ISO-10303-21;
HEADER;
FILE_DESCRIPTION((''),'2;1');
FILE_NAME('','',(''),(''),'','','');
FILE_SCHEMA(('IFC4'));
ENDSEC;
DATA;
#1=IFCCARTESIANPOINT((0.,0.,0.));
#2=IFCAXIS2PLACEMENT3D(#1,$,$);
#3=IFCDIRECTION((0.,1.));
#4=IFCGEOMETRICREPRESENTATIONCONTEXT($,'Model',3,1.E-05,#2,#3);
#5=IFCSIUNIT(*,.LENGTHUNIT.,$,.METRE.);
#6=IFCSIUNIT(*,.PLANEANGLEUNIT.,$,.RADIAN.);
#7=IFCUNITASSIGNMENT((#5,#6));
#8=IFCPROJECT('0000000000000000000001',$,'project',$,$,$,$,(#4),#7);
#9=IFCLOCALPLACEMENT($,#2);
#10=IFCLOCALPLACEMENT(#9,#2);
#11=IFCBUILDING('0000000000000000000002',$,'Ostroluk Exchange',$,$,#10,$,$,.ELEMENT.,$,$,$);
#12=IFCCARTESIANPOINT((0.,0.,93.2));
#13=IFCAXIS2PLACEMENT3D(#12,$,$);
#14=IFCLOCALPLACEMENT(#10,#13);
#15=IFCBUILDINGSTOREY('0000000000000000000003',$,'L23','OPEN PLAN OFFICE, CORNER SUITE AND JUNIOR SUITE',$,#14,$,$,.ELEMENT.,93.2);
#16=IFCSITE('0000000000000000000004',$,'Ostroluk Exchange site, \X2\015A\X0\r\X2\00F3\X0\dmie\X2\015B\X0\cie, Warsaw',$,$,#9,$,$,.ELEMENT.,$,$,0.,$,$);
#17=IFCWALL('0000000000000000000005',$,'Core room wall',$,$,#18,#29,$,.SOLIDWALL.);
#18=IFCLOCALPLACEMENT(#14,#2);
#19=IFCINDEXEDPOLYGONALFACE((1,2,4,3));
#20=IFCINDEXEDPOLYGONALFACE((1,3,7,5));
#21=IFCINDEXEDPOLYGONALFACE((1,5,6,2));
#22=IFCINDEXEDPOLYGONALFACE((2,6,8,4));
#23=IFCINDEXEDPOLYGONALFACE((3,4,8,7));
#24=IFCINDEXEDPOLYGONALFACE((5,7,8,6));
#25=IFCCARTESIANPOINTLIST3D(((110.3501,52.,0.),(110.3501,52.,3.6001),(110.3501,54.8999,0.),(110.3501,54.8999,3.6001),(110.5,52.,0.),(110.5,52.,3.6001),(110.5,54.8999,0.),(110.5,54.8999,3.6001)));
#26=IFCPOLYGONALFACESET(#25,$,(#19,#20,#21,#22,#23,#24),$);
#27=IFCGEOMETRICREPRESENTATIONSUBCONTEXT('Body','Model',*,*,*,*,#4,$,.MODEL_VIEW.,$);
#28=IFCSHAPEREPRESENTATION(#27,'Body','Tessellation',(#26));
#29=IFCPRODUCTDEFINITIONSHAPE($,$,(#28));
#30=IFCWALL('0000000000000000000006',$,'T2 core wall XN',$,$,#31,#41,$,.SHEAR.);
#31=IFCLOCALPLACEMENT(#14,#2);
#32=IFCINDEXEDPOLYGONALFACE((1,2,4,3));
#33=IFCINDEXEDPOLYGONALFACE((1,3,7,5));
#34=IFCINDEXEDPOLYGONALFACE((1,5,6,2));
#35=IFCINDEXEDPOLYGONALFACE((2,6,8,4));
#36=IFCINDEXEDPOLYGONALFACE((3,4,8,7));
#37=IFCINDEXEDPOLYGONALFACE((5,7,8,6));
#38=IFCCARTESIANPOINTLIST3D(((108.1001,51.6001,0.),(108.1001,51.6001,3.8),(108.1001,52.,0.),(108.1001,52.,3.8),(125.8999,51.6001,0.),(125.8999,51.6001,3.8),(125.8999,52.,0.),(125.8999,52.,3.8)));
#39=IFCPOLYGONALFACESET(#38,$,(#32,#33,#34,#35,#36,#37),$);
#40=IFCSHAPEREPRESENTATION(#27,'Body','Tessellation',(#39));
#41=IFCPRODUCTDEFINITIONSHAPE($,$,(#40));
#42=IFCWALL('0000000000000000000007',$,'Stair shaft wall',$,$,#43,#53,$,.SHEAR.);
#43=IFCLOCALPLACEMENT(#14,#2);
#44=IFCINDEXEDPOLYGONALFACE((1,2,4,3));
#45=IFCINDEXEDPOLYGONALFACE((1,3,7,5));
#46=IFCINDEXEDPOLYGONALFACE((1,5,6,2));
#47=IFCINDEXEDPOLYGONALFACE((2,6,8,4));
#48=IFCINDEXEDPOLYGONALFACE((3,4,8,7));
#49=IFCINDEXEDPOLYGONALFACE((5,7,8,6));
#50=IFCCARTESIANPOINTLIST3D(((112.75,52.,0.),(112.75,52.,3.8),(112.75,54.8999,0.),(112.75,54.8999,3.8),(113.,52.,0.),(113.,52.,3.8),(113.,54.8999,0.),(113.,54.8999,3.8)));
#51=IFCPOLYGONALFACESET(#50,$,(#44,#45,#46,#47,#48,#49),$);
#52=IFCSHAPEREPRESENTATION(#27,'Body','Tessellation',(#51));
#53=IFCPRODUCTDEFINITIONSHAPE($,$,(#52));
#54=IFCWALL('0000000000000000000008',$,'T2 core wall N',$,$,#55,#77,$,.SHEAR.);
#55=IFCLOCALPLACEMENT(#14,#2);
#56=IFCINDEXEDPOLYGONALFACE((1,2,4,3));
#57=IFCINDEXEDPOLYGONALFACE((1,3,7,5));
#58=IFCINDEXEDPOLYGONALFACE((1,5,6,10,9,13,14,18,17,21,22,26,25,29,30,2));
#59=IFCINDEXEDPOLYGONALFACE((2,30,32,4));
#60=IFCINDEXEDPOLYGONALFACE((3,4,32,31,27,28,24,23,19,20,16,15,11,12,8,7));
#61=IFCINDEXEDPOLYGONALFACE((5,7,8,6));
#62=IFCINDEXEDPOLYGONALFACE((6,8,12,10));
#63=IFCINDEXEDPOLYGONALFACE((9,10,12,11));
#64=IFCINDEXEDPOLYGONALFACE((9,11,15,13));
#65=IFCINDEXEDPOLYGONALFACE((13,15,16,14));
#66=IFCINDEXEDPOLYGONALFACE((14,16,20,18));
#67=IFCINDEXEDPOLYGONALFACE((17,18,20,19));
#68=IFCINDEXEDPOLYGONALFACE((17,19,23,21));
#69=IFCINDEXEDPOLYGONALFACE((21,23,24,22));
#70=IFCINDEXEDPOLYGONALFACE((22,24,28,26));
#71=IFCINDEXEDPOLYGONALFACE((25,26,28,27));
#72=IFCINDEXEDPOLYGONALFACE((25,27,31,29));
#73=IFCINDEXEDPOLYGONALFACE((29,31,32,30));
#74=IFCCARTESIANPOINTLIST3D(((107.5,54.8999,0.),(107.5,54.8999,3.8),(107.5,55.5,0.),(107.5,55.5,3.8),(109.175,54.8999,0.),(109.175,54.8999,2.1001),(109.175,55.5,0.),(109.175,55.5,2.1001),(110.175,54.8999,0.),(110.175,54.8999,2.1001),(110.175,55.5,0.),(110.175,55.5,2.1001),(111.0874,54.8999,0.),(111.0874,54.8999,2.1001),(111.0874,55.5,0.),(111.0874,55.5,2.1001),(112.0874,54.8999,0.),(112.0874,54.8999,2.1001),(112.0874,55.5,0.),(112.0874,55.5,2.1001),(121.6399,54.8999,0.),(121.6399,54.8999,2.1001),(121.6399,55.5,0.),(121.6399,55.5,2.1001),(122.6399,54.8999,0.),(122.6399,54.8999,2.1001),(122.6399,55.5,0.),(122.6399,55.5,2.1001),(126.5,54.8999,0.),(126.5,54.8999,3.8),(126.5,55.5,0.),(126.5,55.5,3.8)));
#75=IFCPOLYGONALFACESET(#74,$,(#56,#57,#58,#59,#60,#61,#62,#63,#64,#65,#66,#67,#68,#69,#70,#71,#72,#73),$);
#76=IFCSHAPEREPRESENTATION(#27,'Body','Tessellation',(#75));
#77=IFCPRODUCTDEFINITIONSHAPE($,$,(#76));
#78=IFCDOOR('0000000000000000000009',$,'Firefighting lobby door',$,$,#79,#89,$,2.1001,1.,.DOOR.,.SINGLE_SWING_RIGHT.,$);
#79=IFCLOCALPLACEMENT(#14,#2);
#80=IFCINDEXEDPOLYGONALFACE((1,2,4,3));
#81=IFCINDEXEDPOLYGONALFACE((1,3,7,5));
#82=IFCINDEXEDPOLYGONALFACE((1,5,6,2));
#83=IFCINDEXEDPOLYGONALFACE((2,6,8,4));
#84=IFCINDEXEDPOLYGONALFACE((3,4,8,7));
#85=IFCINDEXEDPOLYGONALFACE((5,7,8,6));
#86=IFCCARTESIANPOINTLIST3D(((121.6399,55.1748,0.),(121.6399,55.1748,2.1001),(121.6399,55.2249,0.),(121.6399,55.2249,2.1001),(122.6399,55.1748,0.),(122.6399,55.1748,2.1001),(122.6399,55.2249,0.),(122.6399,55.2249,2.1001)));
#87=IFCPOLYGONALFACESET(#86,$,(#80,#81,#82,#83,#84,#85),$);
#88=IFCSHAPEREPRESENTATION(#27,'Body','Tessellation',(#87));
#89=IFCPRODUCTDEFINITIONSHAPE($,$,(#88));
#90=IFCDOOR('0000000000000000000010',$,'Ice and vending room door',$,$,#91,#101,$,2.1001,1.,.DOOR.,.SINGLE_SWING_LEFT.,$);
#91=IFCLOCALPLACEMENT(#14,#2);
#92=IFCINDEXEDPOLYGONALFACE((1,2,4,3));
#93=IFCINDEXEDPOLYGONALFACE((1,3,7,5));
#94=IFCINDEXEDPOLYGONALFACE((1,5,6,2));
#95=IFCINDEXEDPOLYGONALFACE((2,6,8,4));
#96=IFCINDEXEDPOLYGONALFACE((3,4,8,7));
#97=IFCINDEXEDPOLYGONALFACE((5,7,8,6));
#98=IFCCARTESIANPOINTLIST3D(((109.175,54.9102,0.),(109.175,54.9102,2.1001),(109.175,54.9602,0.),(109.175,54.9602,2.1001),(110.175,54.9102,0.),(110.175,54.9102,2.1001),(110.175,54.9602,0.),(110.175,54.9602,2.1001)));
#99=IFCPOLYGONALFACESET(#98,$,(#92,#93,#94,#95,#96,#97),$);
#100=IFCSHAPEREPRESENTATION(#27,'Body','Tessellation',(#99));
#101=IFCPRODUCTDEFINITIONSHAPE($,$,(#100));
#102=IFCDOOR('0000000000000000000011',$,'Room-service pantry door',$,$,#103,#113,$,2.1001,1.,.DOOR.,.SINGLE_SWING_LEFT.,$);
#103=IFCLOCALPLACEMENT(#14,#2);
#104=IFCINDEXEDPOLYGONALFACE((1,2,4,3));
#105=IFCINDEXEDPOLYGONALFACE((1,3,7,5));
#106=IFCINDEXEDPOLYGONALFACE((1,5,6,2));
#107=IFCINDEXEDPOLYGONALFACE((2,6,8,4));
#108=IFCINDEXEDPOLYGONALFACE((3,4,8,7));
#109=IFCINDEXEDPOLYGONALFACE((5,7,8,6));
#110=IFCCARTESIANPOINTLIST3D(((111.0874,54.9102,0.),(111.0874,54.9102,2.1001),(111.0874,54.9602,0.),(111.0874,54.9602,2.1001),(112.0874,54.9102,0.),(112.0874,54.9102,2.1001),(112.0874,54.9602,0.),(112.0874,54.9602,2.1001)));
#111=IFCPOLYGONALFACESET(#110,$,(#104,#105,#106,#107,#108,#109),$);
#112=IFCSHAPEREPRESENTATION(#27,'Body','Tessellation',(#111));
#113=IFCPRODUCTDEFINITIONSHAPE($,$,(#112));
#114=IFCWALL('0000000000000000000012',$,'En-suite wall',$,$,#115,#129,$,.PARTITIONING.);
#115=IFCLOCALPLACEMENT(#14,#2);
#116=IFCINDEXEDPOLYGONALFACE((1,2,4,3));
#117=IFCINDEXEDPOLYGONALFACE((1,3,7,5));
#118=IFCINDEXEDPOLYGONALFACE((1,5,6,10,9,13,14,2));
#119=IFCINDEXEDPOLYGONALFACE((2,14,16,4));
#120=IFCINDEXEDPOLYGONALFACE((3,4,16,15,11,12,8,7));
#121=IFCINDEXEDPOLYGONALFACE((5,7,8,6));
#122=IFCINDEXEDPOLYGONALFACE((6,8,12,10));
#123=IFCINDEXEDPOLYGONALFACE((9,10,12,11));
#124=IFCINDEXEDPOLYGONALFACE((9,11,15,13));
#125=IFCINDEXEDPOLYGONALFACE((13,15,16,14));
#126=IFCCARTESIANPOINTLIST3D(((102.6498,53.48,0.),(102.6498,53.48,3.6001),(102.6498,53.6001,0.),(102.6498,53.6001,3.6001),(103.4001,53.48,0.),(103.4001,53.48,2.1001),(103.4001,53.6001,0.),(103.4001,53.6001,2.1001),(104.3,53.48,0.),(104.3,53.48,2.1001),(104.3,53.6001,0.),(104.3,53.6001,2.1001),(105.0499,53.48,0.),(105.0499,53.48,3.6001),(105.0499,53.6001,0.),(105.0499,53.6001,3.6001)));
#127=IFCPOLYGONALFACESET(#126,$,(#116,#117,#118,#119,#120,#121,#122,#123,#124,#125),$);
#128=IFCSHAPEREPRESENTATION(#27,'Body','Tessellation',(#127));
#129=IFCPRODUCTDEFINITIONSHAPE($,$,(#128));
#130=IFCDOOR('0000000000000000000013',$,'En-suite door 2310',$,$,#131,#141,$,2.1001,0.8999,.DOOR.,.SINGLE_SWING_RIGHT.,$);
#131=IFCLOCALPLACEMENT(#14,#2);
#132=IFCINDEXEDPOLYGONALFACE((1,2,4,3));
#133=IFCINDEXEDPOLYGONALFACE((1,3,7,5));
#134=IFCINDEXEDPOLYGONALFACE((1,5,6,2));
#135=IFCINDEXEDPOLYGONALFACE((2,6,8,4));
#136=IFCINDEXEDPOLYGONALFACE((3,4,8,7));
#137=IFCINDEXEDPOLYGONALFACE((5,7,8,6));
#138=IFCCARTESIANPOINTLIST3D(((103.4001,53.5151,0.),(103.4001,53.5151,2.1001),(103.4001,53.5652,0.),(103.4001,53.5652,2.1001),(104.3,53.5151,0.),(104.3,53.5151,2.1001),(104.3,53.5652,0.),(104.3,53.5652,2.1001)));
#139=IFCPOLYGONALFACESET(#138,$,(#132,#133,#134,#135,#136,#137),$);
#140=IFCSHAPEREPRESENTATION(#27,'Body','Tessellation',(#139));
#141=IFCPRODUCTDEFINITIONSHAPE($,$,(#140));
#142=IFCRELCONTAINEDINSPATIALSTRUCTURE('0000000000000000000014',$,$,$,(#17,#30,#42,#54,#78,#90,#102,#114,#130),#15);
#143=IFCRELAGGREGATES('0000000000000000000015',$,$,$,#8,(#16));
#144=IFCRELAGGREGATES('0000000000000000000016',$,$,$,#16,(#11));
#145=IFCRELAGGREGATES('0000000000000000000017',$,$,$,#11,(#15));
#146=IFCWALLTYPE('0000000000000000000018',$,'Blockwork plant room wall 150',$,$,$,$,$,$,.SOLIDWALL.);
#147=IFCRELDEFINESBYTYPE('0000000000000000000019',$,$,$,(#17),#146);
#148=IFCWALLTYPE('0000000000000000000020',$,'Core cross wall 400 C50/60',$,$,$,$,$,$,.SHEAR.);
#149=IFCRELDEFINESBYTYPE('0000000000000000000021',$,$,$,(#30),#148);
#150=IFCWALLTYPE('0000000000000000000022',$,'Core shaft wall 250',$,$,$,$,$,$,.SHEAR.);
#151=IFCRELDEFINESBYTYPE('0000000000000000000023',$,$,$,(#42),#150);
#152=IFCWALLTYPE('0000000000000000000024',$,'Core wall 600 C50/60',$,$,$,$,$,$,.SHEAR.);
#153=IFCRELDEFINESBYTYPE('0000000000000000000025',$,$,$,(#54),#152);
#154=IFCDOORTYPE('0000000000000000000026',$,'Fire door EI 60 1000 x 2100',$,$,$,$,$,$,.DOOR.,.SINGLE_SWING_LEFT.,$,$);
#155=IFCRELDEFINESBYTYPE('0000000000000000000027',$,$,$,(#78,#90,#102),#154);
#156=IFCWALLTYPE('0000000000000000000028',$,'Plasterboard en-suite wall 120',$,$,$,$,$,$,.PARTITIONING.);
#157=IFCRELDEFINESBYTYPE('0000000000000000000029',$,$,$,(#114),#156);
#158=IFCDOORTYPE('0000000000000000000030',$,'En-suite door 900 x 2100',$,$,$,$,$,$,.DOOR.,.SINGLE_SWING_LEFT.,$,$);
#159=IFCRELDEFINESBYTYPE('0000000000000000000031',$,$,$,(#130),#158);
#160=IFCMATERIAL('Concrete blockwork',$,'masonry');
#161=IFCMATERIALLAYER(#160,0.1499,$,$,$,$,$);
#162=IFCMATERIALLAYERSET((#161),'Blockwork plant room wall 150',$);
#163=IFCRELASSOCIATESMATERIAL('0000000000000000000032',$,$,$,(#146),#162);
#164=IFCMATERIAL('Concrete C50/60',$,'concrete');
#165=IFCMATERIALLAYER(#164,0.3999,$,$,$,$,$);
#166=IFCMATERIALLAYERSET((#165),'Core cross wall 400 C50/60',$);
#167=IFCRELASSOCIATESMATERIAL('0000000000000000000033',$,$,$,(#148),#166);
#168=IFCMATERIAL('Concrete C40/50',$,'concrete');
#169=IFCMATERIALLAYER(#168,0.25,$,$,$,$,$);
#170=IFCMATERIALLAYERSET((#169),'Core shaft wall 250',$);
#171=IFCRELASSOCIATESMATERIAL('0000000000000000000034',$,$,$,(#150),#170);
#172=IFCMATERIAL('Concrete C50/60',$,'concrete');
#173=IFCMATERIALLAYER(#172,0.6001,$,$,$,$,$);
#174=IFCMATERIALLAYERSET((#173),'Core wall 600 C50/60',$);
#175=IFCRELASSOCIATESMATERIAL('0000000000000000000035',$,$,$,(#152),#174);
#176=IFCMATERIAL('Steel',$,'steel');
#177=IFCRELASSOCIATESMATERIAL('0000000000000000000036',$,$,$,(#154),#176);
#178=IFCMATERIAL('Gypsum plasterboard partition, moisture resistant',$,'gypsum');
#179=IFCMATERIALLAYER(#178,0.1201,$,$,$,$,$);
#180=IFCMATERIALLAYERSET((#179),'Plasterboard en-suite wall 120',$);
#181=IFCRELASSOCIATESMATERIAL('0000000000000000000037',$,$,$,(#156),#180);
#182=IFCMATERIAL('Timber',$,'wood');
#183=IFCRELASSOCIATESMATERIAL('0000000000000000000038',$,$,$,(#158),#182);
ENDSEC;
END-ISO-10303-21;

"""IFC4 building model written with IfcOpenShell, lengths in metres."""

from ifc_helpers import new_model, si_unit, direction, frame, frame_2d, origin, place, context, subcontext, project, spatial, rectangle, extrude, material, layer, layer_set, type_object, element, fill, save


model = new_model("IFC4")

# Units and contexts
model_context = context("Model", 3, precision=1e-05, world=origin(), true_north=direction((0.0, 1.0)))
body_context = subcontext(model_context, "Body", "Model", "MODEL_VIEW")
ifc_project = project(units=[si_unit("LENGTHUNIT", "METRE"), si_unit("PLANEANGLEUNIT", "RADIAN")], contexts=[model_context])

# Site, building, storey
site_placement = place(None, origin())
site = spatial("IfcSite", under=ifc_project, at=site_placement, Name="Ostroluk Exchange site, Śródmieście, Warsaw", CompositionType="ELEMENT", RefElevation=0.0)
building_placement = place(site_placement, origin())
building = spatial("IfcBuilding", under=site, at=building_placement, Name="Ostroluk Exchange", CompositionType="ELEMENT")
storey_placement = place(building_placement, frame((0.0, 0.0, 93.2)))
storey = spatial("IfcBuildingStorey", under=building, at=storey_placement, Name="L23", Description="OPEN PLAN OFFICE, CORNER SUITE AND JUNIOR SUITE", CompositionType="ELEMENT", Elevation=93.2)

# Walls
ifc_material_1 = material(Name="Concrete blockwork", Category="masonry")
ifc_layer_1 = layer(ifc_material_1, 0.1499)
ifc_layer_set_1 = layer_set([ifc_layer_1], Name="Blockwork plant room wall 150")
wall_type_1 = type_object("IfcWallType", Name="Blockwork plant room wall 150", PredefinedType="SOLIDWALL", material=ifc_layer_set_1)
wall_1_placement = place(storey_placement, frame((110.425, 52.0, 0.0), z_axis=(0.0, 0.0, 1.0), x_axis=(0.0, 1.0, 0.0)))
element("IfcWall", 1, at=wall_1_placement, inside=storey, type_object=wall_type_1, Name="Core room wall", PredefinedType="SOLIDWALL", context=body_context, shape_type="SweptSolid", body=[
    extrude(rectangle(XDim=2.8999, YDim=0.1499, at=frame_2d((1.45, 0.0))), origin(), (0.0, 0.0, 1.0), 3.6001),
])
ifc_material_2 = material(Name="Concrete C50/60", Category="concrete")
ifc_layer_2 = layer(ifc_material_2, 0.3999)
ifc_layer_set_2 = layer_set([ifc_layer_2], Name="Core cross wall 400 C50/60")
wall_type_2 = type_object("IfcWallType", Name="Core cross wall 400 C50/60", PredefinedType="SHEAR", material=ifc_layer_set_2)
wall_2_placement = place(storey_placement, frame((108.1001, 51.8, 0.0), z_axis=(0.0, 0.0, 1.0), x_axis=(1.0, 0.0, 0.0)))
element("IfcWall", 2, at=wall_2_placement, inside=storey, type_object=wall_type_2, Name="T2 core wall XN", PredefinedType="SHEAR", context=body_context, shape_type="SweptSolid", body=[
    extrude(rectangle(XDim=17.7998, YDim=0.3999, at=frame_2d((8.8999, 0.0))), origin(), (0.0, 0.0, 1.0), 3.8),
])
ifc_material_3 = material(Name="Concrete C40/50", Category="concrete")
ifc_layer_3 = layer(ifc_material_3, 0.25)
ifc_layer_set_3 = layer_set([ifc_layer_3], Name="Core shaft wall 250")
wall_type_3 = type_object("IfcWallType", Name="Core shaft wall 250", PredefinedType="SHEAR", material=ifc_layer_set_3)
wall_3_placement = place(storey_placement, frame((112.875, 52.0, 0.0), z_axis=(0.0, 0.0, 1.0), x_axis=(0.0, 1.0, 0.0)))
element("IfcWall", 3, at=wall_3_placement, inside=storey, type_object=wall_type_3, Name="Stair shaft wall", PredefinedType="SHEAR", context=body_context, shape_type="SweptSolid", body=[
    extrude(rectangle(XDim=2.8999, YDim=0.25, at=frame_2d((1.45, 0.0))), origin(), (0.0, 0.0, 1.0), 3.8),
])

# Wall, openings, doors
ifc_material_4 = material(Name="Concrete C50/60", Category="concrete")
ifc_layer_4 = layer(ifc_material_4, 0.6001)
ifc_layer_set_4 = layer_set([ifc_layer_4], Name="Core wall 600 C50/60")
wall_type_4 = type_object("IfcWallType", Name="Core wall 600 C50/60", PredefinedType="SHEAR", material=ifc_layer_set_4)
wall_4_placement = place(storey_placement, frame((107.5, 55.2, 0.0), z_axis=(0.0, 0.0, 1.0), x_axis=(1.0, 0.0, 0.0)))
wall_4 = element("IfcWall", 4, at=wall_4_placement, inside=storey, type_object=wall_type_4, Name="T2 core wall N", PredefinedType="SHEAR", context=body_context, shape_type="SweptSolid", body=[
    extrude(rectangle(XDim=19.0, YDim=0.6001, at=frame_2d((9.5, 0.0))), origin(), (0.0, 0.0, 1.0), 3.8),
])
opening_1_placement = place(wall_4_placement, frame((14.1399, 0.0, 0.0)))
opening_1 = element("IfcOpeningElement", 5, at=opening_1_placement, cuts=wall_4, PredefinedType="OPENING", context=body_context, shape_type="SweptSolid", body=[
    extrude(rectangle(XDim=1.0, YDim=2.1001, at=frame_2d((0.5, 1.05))), frame((0.0, 0.3101, 0.0), z_axis=(0.0, -1.0, 0.0), x_axis=(1.0, 0.0, 0.0)), (0.0, 0.0, 1.0), 0.6201),
])
opening_2_placement = place(wall_4_placement, frame((1.675, 0.0, 0.0)))
opening_2 = element("IfcOpeningElement", 6, at=opening_2_placement, cuts=wall_4, PredefinedType="OPENING", context=body_context, shape_type="SweptSolid", body=[
    extrude(rectangle(XDim=1.0, YDim=2.1001, at=frame_2d((0.5, 1.05))), frame((0.0, 0.3101, 0.0), z_axis=(0.0, -1.0, 0.0), x_axis=(1.0, 0.0, 0.0)), (0.0, 0.0, 1.0), 0.6201),
])
opening_3_placement = place(wall_4_placement, frame((3.5874, 0.0, 0.0)))
opening_3 = element("IfcOpeningElement", 7, at=opening_3_placement, cuts=wall_4, PredefinedType="OPENING", context=body_context, shape_type="SweptSolid", body=[
    extrude(rectangle(XDim=1.0, YDim=2.1001, at=frame_2d((0.5, 1.05))), frame((0.0, 0.3101, 0.0), z_axis=(0.0, -1.0, 0.0), x_axis=(1.0, 0.0, 0.0)), (0.0, 0.0, 1.0), 0.6201),
])
ifc_material_5 = material(Name="Steel", Category="steel")
door_type_1 = type_object("IfcDoorType", Name="Fire door EI 60 1000 x 2100", OperationType="SINGLE_SWING_LEFT", PredefinedType="DOOR", material=ifc_material_5)
door_1_placement = place(opening_1_placement, origin())
door_1 = element("IfcDoor", 8, at=door_1_placement, inside=storey, type_object=door_type_1, Name="Firefighting lobby door", OperationType="SINGLE_SWING_RIGHT", OverallHeight=2.1001, OverallWidth=1.0, PredefinedType="DOOR", context=body_context, shape_type="SweptSolid", body=[
    extrude(rectangle(XDim=1.0, YDim=2.1001, at=frame_2d((0.5, 1.05))), frame((0.0, 0.0249, 0.0), z_axis=(0.0, -1.0, 0.0), x_axis=(1.0, 0.0, 0.0)), (0.0, 0.0, 1.0), 0.05),
])
fill(opening_1, door_1)
door_2_placement = place(opening_2_placement, origin())
door_2 = element("IfcDoor", 9, at=door_2_placement, inside=storey, type_object=door_type_1, Name="Ice and vending room door", OperationType="SINGLE_SWING_LEFT", OverallHeight=2.1001, OverallWidth=1.0, PredefinedType="DOOR", context=body_context, shape_type="SweptSolid", body=[
    extrude(rectangle(XDim=1.0, YDim=2.1001, at=frame_2d((0.5, 1.05))), frame((0.0, -0.2397, 0.0), z_axis=(0.0, -1.0, 0.0), x_axis=(1.0, 0.0, 0.0)), (0.0, 0.0, 1.0), 0.05),
])
fill(opening_2, door_2)
door_3_placement = place(opening_3_placement, origin())
door_3 = element("IfcDoor", 10, at=door_3_placement, inside=storey, type_object=door_type_1, Name="Room-service pantry door", OperationType="SINGLE_SWING_LEFT", OverallHeight=2.1001, OverallWidth=1.0, PredefinedType="DOOR", context=body_context, shape_type="SweptSolid", body=[
    extrude(rectangle(XDim=1.0, YDim=2.1001, at=frame_2d((0.5, 1.05))), frame((0.0, -0.2397, 0.0), z_axis=(0.0, -1.0, 0.0), x_axis=(1.0, 0.0, 0.0)), (0.0, 0.0, 1.0), 0.05),
])
fill(opening_3, door_3)

# Wall, opening, door
ifc_material_6 = material(Name="Gypsum plasterboard partition, moisture resistant", Category="gypsum")
ifc_layer_5 = layer(ifc_material_6, 0.1201)
ifc_layer_set_5 = layer_set([ifc_layer_5], Name="Plasterboard en-suite wall 120")
wall_type_5 = type_object("IfcWallType", Name="Plasterboard en-suite wall 120", PredefinedType="PARTITIONING", material=ifc_layer_set_5)
wall_5_placement = place(storey_placement, frame((105.05, 53.54, 0.0), z_axis=(0.0, 0.0, 1.0), x_axis=(-1.0, 0.0, 0.0)))
wall_5 = element("IfcWall", 11, at=wall_5_placement, inside=storey, type_object=wall_type_5, Name="En-suite wall", PredefinedType="PARTITIONING", context=body_context, shape_type="SweptSolid", body=[
    extrude(rectangle(XDim=2.4001, YDim=0.1201, at=frame_2d((1.2002, 0.0))), origin(), (0.0, 0.0, 1.0), 3.6001),
])
opening_4_placement = place(wall_5_placement, frame((0.75, 0.0, 0.0)))
opening_4 = element("IfcOpeningElement", 12, at=opening_4_placement, cuts=wall_5, PredefinedType="OPENING", context=body_context, shape_type="SweptSolid", body=[
    extrude(rectangle(XDim=0.8999, YDim=2.1001, at=frame_2d((0.45, 1.05))), frame((0.0, 0.0701, 0.0), z_axis=(0.0, -1.0, 0.0), x_axis=(1.0, 0.0, 0.0)), (0.0, 0.0, 1.0), 0.1401),
])
ifc_material_7 = material(Name="Timber", Category="wood")
door_type_2 = type_object("IfcDoorType", Name="En-suite door 900 x 2100", OperationType="SINGLE_SWING_LEFT", PredefinedType="DOOR", material=ifc_material_7)
door_4_placement = place(opening_4_placement, origin())
door_4 = element("IfcDoor", 13, at=door_4_placement, inside=storey, type_object=door_type_2, Name="En-suite door 2310", OperationType="SINGLE_SWING_RIGHT", OverallHeight=2.1001, OverallWidth=0.8999, PredefinedType="DOOR", context=body_context, shape_type="SweptSolid", body=[
    extrude(rectangle(XDim=0.8999, YDim=2.1001, at=frame_2d((0.45, 1.05))), frame((0.0, 0.0249, 0.0), z_axis=(0.0, -1.0, 0.0), x_axis=(1.0, 0.0, 0.0)), (0.0, 0.0, 1.0), 0.05),
])
fill(opening_4, door_4)

save(model, "model.ifc")
